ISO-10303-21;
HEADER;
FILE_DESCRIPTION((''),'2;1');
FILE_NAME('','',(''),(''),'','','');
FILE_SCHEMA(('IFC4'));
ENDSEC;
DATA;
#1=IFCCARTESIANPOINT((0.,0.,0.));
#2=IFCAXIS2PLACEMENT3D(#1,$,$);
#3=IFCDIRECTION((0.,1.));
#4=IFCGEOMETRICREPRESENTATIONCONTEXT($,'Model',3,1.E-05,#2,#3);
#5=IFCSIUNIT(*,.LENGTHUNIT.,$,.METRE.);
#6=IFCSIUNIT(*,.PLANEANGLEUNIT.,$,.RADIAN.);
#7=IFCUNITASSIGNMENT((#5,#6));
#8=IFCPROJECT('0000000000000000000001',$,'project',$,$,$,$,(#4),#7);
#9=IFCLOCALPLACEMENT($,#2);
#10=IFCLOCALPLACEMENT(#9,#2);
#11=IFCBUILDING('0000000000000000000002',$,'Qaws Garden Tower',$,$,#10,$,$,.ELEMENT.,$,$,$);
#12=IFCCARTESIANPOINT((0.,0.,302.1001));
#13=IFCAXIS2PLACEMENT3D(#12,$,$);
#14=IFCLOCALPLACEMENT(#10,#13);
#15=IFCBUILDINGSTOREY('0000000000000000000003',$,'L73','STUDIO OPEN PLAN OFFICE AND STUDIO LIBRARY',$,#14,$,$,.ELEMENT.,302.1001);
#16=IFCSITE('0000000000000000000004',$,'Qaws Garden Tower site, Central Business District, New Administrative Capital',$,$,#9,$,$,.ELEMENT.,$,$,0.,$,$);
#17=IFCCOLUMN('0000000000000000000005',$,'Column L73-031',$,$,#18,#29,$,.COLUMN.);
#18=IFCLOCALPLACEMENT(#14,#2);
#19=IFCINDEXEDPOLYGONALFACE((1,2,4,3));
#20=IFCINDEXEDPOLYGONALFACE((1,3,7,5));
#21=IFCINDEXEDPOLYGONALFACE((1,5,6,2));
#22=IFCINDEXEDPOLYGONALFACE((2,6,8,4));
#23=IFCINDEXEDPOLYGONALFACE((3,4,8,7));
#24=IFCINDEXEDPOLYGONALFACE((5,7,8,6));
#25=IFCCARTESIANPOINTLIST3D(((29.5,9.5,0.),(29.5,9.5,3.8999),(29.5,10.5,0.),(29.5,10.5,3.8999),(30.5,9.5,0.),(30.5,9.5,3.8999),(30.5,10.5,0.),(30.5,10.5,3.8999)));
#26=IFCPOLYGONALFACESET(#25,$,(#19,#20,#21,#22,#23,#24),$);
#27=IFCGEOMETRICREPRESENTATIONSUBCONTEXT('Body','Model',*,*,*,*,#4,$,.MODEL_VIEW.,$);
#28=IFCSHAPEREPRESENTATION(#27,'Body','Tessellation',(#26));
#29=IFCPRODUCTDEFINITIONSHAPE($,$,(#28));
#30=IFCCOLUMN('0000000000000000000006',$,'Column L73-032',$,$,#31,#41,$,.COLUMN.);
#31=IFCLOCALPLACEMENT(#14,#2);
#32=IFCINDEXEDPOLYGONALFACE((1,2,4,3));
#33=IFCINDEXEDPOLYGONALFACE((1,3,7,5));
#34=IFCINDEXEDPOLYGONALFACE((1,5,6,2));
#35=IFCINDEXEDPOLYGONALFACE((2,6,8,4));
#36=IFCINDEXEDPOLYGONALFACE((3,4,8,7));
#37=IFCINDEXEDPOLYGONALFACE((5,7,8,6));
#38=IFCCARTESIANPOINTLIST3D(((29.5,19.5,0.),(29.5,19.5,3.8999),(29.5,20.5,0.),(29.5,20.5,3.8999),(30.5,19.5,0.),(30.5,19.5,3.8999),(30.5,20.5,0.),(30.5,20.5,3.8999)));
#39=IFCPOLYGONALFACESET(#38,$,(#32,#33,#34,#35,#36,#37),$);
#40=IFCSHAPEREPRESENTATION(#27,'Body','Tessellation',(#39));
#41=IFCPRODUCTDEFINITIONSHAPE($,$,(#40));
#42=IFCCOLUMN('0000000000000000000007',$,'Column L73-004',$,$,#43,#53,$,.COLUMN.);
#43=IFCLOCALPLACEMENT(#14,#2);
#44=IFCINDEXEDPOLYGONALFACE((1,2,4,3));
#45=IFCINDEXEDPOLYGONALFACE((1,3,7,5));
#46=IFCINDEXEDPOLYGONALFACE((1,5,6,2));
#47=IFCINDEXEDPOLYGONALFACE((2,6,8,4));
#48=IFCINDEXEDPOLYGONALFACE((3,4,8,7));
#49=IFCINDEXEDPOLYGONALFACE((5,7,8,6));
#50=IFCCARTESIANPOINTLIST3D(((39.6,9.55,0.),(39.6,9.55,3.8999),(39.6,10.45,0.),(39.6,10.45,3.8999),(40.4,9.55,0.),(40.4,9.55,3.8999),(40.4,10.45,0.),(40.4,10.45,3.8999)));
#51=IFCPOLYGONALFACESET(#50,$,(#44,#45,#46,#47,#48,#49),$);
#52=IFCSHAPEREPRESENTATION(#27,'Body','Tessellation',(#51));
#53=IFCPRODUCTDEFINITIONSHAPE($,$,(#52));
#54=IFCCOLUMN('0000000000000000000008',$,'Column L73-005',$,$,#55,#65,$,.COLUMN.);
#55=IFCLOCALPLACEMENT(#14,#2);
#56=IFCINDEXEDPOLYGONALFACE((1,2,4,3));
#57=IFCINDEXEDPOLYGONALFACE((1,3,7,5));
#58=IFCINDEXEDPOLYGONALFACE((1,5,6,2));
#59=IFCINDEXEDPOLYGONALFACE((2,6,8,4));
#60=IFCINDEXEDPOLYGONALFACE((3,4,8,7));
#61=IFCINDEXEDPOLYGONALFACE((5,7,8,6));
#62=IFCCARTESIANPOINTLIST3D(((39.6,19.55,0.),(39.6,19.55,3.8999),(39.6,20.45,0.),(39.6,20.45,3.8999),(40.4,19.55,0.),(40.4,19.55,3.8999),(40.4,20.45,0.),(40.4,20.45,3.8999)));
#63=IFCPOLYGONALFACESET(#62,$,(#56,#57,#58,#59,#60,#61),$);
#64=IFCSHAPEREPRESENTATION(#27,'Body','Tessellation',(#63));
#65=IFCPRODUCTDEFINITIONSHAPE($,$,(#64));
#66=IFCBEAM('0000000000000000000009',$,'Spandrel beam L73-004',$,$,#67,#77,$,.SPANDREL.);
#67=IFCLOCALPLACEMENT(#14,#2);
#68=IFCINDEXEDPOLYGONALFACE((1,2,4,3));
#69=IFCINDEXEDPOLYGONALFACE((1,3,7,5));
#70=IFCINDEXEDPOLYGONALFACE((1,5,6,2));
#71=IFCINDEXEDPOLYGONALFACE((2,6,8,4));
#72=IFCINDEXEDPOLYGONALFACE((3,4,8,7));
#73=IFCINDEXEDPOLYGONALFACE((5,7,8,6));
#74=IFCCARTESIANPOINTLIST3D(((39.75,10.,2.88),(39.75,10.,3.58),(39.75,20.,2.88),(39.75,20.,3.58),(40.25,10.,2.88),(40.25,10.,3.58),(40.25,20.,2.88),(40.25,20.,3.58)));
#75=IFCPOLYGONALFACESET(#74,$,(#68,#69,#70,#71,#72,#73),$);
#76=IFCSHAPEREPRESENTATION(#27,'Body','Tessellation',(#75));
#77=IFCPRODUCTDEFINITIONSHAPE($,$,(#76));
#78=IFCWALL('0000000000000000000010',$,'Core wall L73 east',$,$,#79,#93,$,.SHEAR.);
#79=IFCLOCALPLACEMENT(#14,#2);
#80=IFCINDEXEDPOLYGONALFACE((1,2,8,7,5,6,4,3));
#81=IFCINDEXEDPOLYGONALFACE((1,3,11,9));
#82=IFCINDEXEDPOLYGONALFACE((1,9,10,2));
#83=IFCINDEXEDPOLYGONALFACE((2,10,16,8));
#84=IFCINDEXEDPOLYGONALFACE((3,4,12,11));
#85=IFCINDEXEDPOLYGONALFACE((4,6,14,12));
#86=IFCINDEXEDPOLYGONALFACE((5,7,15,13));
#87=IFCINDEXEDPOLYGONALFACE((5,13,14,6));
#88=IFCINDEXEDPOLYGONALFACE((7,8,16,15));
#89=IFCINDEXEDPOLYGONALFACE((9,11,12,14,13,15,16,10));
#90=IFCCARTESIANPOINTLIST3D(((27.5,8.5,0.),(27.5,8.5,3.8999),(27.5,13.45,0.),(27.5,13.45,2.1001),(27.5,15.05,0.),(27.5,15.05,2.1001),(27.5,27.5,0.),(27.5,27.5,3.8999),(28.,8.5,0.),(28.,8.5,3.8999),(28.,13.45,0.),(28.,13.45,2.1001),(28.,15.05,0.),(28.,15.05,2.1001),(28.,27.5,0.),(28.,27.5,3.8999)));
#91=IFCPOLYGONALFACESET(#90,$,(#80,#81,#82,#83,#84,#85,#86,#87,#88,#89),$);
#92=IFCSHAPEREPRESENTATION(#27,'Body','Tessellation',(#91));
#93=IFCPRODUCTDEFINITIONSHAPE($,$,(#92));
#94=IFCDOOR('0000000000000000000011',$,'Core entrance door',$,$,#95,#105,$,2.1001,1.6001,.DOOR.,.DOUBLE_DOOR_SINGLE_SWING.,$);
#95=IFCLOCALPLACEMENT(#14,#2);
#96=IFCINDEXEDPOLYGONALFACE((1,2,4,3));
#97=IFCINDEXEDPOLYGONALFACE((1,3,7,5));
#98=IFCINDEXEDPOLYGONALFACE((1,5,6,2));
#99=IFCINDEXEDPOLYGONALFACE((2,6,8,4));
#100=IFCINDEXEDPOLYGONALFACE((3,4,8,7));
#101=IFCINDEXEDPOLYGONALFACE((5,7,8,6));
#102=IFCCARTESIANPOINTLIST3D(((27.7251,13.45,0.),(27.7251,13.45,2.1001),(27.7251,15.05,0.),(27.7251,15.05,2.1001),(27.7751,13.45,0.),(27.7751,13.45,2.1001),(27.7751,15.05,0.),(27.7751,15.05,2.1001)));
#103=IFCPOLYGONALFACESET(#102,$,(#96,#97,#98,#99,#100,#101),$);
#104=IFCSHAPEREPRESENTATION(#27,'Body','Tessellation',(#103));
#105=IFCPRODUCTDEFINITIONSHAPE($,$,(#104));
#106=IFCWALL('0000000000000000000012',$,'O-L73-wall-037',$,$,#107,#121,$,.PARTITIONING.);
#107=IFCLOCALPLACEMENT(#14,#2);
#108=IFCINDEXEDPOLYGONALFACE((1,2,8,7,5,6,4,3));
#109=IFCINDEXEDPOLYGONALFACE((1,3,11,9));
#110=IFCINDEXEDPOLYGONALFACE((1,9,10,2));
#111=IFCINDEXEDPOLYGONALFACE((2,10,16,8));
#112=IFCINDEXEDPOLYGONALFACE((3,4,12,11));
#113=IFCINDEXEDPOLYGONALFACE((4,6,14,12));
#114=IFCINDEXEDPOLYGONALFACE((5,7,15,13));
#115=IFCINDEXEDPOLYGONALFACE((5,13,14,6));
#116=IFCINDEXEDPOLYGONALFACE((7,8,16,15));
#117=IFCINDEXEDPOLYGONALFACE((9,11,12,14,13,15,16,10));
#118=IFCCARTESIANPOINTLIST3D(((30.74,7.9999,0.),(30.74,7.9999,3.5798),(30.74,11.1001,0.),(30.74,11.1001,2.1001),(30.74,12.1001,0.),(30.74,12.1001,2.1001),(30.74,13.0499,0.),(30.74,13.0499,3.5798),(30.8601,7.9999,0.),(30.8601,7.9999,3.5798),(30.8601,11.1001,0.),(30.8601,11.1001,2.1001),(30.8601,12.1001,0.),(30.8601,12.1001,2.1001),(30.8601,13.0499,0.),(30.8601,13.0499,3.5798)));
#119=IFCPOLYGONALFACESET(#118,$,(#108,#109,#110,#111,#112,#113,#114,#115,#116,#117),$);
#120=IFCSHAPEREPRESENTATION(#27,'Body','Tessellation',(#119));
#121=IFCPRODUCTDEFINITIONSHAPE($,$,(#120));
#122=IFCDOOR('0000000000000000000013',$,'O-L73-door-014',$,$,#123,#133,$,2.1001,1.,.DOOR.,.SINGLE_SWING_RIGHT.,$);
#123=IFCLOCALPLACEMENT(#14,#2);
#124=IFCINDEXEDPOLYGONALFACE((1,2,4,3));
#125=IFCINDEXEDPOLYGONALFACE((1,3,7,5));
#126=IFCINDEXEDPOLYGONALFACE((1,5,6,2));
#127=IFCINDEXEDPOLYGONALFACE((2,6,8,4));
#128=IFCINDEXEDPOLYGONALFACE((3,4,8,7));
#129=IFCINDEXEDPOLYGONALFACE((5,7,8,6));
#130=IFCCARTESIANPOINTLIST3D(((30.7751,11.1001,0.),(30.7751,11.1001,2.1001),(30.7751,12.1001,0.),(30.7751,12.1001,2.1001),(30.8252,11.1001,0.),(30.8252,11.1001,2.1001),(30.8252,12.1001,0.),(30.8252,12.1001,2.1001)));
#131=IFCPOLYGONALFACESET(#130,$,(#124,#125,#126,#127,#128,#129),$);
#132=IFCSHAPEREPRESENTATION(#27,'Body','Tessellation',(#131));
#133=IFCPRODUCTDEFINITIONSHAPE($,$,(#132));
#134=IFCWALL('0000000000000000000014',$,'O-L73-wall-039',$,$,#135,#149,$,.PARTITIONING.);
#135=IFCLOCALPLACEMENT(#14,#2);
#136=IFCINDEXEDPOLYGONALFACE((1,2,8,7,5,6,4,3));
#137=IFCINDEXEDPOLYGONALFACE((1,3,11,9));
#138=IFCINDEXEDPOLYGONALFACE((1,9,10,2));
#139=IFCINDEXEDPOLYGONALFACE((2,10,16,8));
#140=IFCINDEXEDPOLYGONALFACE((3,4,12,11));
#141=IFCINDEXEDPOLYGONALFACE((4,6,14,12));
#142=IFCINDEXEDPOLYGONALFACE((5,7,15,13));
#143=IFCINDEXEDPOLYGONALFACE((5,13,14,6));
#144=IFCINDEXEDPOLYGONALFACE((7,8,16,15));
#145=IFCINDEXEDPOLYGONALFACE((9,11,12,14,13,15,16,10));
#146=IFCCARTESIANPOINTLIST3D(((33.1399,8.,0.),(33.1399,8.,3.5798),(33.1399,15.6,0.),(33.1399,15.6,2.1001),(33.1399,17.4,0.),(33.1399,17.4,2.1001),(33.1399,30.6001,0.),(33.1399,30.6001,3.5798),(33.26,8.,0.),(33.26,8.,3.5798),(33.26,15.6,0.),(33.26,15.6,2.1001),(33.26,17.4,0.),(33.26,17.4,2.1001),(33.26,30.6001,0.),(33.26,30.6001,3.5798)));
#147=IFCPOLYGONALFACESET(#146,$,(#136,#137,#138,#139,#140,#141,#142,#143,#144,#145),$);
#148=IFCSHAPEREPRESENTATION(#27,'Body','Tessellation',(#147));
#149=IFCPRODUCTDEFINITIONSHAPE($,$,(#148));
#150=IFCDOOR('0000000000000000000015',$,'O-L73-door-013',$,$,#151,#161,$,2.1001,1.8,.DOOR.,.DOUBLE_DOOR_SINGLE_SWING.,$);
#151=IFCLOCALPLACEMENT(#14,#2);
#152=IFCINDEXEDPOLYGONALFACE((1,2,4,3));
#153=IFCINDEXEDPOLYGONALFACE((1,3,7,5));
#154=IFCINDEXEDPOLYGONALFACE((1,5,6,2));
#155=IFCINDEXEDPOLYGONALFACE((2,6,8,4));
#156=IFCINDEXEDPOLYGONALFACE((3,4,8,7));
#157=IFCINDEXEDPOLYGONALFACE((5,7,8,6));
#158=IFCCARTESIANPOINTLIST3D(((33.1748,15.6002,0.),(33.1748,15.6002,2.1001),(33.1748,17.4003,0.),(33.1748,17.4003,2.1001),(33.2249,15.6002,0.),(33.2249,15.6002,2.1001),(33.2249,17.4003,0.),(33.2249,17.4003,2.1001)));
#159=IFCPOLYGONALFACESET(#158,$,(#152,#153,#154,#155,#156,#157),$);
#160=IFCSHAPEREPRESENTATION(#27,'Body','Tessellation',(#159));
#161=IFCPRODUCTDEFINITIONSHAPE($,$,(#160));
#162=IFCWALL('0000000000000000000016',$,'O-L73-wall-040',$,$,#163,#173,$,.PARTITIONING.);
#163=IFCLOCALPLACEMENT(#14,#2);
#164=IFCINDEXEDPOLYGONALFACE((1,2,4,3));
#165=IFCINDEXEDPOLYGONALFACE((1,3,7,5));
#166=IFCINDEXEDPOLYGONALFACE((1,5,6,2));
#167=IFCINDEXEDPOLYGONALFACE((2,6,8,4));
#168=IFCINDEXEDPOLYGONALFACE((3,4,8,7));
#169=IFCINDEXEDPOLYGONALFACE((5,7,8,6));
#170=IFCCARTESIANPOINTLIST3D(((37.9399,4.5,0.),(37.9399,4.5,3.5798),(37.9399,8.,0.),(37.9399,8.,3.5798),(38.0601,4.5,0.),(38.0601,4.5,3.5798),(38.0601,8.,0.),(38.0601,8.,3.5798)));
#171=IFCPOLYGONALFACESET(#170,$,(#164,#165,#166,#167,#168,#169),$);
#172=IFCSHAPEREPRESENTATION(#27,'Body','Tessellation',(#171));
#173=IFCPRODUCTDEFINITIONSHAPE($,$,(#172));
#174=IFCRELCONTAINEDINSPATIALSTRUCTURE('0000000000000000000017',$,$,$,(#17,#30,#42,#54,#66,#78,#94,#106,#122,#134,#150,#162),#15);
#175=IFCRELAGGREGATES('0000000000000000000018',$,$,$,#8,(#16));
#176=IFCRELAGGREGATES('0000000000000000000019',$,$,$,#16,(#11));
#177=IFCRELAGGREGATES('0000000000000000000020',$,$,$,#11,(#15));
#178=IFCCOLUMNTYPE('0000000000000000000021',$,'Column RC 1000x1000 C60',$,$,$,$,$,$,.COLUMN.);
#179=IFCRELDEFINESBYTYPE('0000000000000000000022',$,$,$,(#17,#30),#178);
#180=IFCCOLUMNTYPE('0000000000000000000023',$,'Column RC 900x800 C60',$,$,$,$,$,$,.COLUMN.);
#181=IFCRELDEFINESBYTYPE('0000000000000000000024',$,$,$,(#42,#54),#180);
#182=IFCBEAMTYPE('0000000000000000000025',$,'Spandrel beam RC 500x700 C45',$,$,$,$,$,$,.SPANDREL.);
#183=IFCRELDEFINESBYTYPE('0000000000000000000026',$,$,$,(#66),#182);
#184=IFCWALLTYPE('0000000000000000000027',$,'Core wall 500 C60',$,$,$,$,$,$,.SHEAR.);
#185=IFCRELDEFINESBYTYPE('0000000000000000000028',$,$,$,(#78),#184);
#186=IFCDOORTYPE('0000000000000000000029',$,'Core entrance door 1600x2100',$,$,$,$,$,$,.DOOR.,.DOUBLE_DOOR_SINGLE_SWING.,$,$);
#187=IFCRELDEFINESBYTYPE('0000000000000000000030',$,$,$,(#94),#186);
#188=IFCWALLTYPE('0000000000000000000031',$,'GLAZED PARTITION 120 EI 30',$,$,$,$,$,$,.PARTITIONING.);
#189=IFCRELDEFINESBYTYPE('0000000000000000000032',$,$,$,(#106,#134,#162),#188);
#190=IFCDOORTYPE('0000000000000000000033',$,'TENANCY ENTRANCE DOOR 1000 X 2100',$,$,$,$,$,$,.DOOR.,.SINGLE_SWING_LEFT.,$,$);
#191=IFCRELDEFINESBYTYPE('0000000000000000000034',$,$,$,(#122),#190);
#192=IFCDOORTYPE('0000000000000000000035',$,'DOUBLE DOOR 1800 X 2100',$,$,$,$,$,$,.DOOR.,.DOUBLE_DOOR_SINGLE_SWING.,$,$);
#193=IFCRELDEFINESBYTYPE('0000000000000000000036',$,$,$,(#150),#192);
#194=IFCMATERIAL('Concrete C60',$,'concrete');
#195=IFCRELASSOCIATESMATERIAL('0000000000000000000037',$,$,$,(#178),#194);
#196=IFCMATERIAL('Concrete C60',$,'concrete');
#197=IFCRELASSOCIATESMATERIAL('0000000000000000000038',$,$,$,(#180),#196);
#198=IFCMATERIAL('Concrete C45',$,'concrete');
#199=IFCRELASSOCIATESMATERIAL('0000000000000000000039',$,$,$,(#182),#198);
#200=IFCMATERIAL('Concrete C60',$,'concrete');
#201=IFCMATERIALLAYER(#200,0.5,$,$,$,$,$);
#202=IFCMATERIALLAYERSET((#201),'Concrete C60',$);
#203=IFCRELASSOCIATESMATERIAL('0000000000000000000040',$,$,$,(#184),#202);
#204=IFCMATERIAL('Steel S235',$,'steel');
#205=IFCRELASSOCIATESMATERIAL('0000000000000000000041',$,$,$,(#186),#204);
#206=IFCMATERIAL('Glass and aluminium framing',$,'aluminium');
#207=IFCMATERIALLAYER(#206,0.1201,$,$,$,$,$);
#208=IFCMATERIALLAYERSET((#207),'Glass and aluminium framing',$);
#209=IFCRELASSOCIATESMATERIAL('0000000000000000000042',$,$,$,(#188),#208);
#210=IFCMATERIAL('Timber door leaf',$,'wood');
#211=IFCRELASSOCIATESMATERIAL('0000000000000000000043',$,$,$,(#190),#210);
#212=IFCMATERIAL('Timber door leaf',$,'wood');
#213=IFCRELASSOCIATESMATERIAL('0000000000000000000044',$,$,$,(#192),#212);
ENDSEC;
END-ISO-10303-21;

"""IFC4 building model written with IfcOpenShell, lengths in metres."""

from ifc_helpers import new_model, si_unit, direction, frame, frame_2d, origin, origin_2d, place, context, subcontext, project, spatial, rectangle, extrude, material, layer, layer_set, material_profile, profile_set, type_object, element, fill, save


model = new_model("IFC4")

# Units and contexts
model_context = context("Model", 3, precision=1e-05, world=origin(), true_north=direction((0.0, 1.0)))
body_context = subcontext(model_context, "Body", "Model", "MODEL_VIEW")
ifc_project = project(units=[si_unit("LENGTHUNIT", "METRE"), si_unit("PLANEANGLEUNIT", "RADIAN")], contexts=[model_context])

# Site, building, storey
site_placement = place(None, origin())
site = spatial("IfcSite", under=ifc_project, at=site_placement, Name="Qaws Garden Tower site, Central Business District, New Administrative Capital", CompositionType="ELEMENT", RefElevation=0.0)
building_placement = place(site_placement, origin())
building = spatial("IfcBuilding", under=site, at=building_placement, Name="Qaws Garden Tower", CompositionType="ELEMENT")
storey_placement = place(building_placement, frame((0.0, 0.0, 302.1001)))
storey = spatial("IfcBuildingStorey", under=building, at=storey_placement, Name="L73", Description="STUDIO OPEN PLAN OFFICE AND STUDIO LIBRARY", CompositionType="ELEMENT", Elevation=302.1001)

# Columns
ifc_material_1 = material(Name="Concrete C60", Category="concrete")
ifc_material_profile_1 = material_profile(ifc_material_1, rectangle(XDim=1.0, YDim=1.0, at=origin_2d()), Name="RC 1000x1000")
ifc_profile_set_1 = profile_set([ifc_material_profile_1], Name="Concrete C60")
column_type_1 = type_object("IfcColumnType", Name="Column RC 1000x1000 C60", PredefinedType="COLUMN", material=ifc_profile_set_1)
for number, where, z_axis, x_axis, name in (
    (1, (30.0, 10.0, 0.0), (0.0, 0.0, 1.0), (1.0, 0.0, 0.0), "Column L73-031"),
    (2, (30.0, 20.0, 0.0), (0.0, 0.0, 1.0), (1.0, 0.0, 0.0), "Column L73-032"),
):
    element("IfcColumn", number, at=place(storey_placement, frame(where, z_axis=z_axis, x_axis=x_axis)), inside=storey, type_object=column_type_1, Name=name, PredefinedType="COLUMN", context=body_context, shape_type="SweptSolid", body=[
        extrude(rectangle(XDim=1.0, YDim=1.0, at=origin_2d()), origin(), (0.0, 0.0, 1.0), 3.8999),
    ])
ifc_material_2 = material(Name="Concrete C60", Category="concrete")
ifc_material_profile_2 = material_profile(ifc_material_2, rectangle(XDim=0.8999, YDim=0.8, at=origin_2d()), Name="RC 900x800")
ifc_profile_set_2 = profile_set([ifc_material_profile_2], Name="Concrete C60")
column_type_2 = type_object("IfcColumnType", Name="Column RC 900x800 C60", PredefinedType="COLUMN", material=ifc_profile_set_2)
for number, where, z_axis, x_axis, name in (
    (3, (40.0, 10.0, 0.0), (0.0, 0.0, 1.0), (0.0, 1.0, 0.0), "Column L73-004"),
    (4, (40.0, 20.0, 0.0), (0.0, 0.0, 1.0), (0.0, 1.0, 0.0), "Column L73-005"),
):
    element("IfcColumn", number, at=place(storey_placement, frame(where, z_axis=z_axis, x_axis=x_axis)), inside=storey, type_object=column_type_2, Name=name, PredefinedType="COLUMN", context=body_context, shape_type="SweptSolid", body=[
        extrude(rectangle(XDim=0.8999, YDim=0.8, at=origin_2d()), origin(), (0.0, 0.0, 1.0), 3.8999),
    ])

# Beam
ifc_material_3 = material(Name="Concrete C45", Category="concrete")
ifc_material_profile_3 = material_profile(ifc_material_3, rectangle(XDim=0.5, YDim=0.7, at=origin_2d()), Name="RC 500x700")
ifc_profile_set_3 = profile_set([ifc_material_profile_3], Name="Concrete C45")
beam_type = type_object("IfcBeamType", Name="Spandrel beam RC 500x700 C45", PredefinedType="SPANDREL", material=ifc_profile_set_3)
beam_placement = place(storey_placement, frame((40.0, 10.0, 3.23), z_axis=(0.0, 1.0, 0.0), x_axis=(-1.0, 0.0, 0.0)))
element("IfcBeam", 5, at=beam_placement, inside=storey, type_object=beam_type, Name="Spandrel beam L73-004", PredefinedType="SPANDREL", context=body_context, shape_type="SweptSolid", body=[
    extrude(rectangle(XDim=0.5, YDim=0.7, at=origin_2d()), origin(), (0.0, 0.0, 1.0), 10.0),
])

# Walls, openings, doors
ifc_material_4 = material(Name="Concrete C60", Category="concrete")
ifc_layer_1 = layer(ifc_material_4, 0.5)
ifc_layer_set_1 = layer_set([ifc_layer_1], Name="Concrete C60")
wall_type_1 = type_object("IfcWallType", Name="Core wall 500 C60", PredefinedType="SHEAR", material=ifc_layer_set_1)
wall_1_placement = place(storey_placement, frame((27.75, 8.5, 0.0), z_axis=(0.0, 0.0, 1.0), x_axis=(0.0, 1.0, 0.0)))
wall_1 = element("IfcWall", 6, at=wall_1_placement, inside=storey, type_object=wall_type_1, Name="Core wall L73 east", PredefinedType="SHEAR", context=body_context, shape_type="SweptSolid", body=[
    extrude(rectangle(XDim=19.0, YDim=0.5, at=frame_2d((9.5, 0.0))), origin(), (0.0, 0.0, 1.0), 3.8999),
])
opening_1_placement = place(wall_1_placement, frame((4.95, 0.0, 0.0)))
opening_1 = element("IfcOpeningElement", 7, at=opening_1_placement, cuts=wall_1, PredefinedType="OPENING", context=body_context, shape_type="SweptSolid", body=[
    extrude(rectangle(XDim=1.6001, YDim=2.1001, at=frame_2d((0.8, 1.05))), frame((0.0, 0.26, 0.0), z_axis=(0.0, -1.0, 0.0), x_axis=(1.0, 0.0, 0.0)), (0.0, 0.0, 1.0), 0.52),
])
ifc_material_5 = material(Name="Steel S235", Category="steel")
door_type_1 = type_object("IfcDoorType", Name="Core entrance door 1600x2100", OperationType="DOUBLE_DOOR_SINGLE_SWING", PredefinedType="DOOR", material=ifc_material_5)
door_1_placement = place(opening_1_placement, origin())
door_1 = element("IfcDoor", 8, at=door_1_placement, inside=storey, type_object=door_type_1, Name="Core entrance door", OperationType="DOUBLE_DOOR_SINGLE_SWING", OverallHeight=2.1001, OverallWidth=1.6001, PredefinedType="DOOR", context=body_context, shape_type="SweptSolid", body=[
    extrude(rectangle(XDim=1.6001, YDim=2.1001, at=frame_2d((0.8, 1.05))), frame((0.0, 0.0249, 0.0), z_axis=(0.0, -1.0, 0.0), x_axis=(1.0, 0.0, 0.0)), (0.0, 0.0, 1.0), 0.05),
])
fill(opening_1, door_1)
ifc_material_6 = material(Name="Glass and aluminium framing", Category="aluminium")
ifc_layer_2 = layer(ifc_material_6, 0.1201)
ifc_layer_set_2 = layer_set([ifc_layer_2], Name="Glass and aluminium framing")
wall_type_2 = type_object("IfcWallType", Name="GLAZED PARTITION 120 EI 30", PredefinedType="PARTITIONING", material=ifc_layer_set_2)
wall_2_placement = place(storey_placement, frame((30.8, 8.0, 0.0), z_axis=(0.0, 0.0, 1.0), x_axis=(0.0, 1.0, 0.0)))
wall_2 = element("IfcWall", 9, at=wall_2_placement, inside=storey, type_object=wall_type_2, Name="O-L73-wall-037", PredefinedType="PARTITIONING", context=body_context, shape_type="SweptSolid", body=[
    extrude(rectangle(XDim=5.05, YDim=0.1201, at=frame_2d((2.5249, 0.0))), origin(), (0.0, 0.0, 1.0), 3.5798),
])
opening_2_placement = place(wall_2_placement, frame((3.1001, 0.0, 0.0)))
opening_2 = element("IfcOpeningElement", 10, at=opening_2_placement, cuts=wall_2, PredefinedType="OPENING", context=body_context, shape_type="SweptSolid", body=[
    extrude(rectangle(XDim=1.0, YDim=2.1001, at=frame_2d((0.5, 1.05))), frame((0.0, 0.0701, 0.0), z_axis=(0.0, -1.0, 0.0), x_axis=(1.0, 0.0, 0.0)), (0.0, 0.0, 1.0), 0.1401),
])
ifc_material_7 = material(Name="Timber door leaf", Category="wood")
door_type_2 = type_object("IfcDoorType", Name="TENANCY ENTRANCE DOOR 1000 X 2100", OperationType="SINGLE_SWING_LEFT", PredefinedType="DOOR", material=ifc_material_7)
door_2_placement = place(opening_2_placement, origin())
door_2 = element("IfcDoor", 11, at=door_2_placement, inside=storey, type_object=door_type_2, Name="O-L73-door-014", OperationType="SINGLE_SWING_RIGHT", OverallHeight=2.1001, OverallWidth=1.0, PredefinedType="DOOR", context=body_context, shape_type="SweptSolid", body=[
    extrude(rectangle(XDim=1.0, YDim=2.1001, at=frame_2d((0.5, 1.05))), frame((0.0, 0.0249, 0.0), z_axis=(0.0, -1.0, 0.0), x_axis=(1.0, 0.0, 0.0)), (0.0, 0.0, 1.0), 0.05),
])
fill(opening_2, door_2)
wall_3_placement = place(storey_placement, frame((33.2, 8.0, 0.0), z_axis=(0.0, 0.0, 1.0), x_axis=(0.0, 1.0, 0.0)))
wall_3 = element("IfcWall", 12, at=wall_3_placement, inside=storey, type_object=wall_type_2, Name="O-L73-wall-039", PredefinedType="PARTITIONING", context=body_context, shape_type="SweptSolid", body=[
    extrude(rectangle(XDim=22.6001, YDim=0.1201, at=frame_2d((11.3, 0.0))), origin(), (0.0, 0.0, 1.0), 3.5798),
])
opening_3_placement = place(wall_3_placement, frame((7.6001, 0.0, 0.0)))
opening_3 = element("IfcOpeningElement", 13, at=opening_3_placement, cuts=wall_3, PredefinedType="OPENING", context=body_context, shape_type="SweptSolid", body=[
    extrude(rectangle(XDim=1.8, YDim=2.1001, at=frame_2d((0.8999, 1.05))), frame((0.0, 0.0701, 0.0), z_axis=(0.0, -1.0, 0.0), x_axis=(1.0, 0.0, 0.0)), (0.0, 0.0, 1.0), 0.1401),
])
ifc_material_8 = material(Name="Timber door leaf", Category="wood")
door_type_3 = type_object("IfcDoorType", Name="DOUBLE DOOR 1800 X 2100", OperationType="DOUBLE_DOOR_SINGLE_SWING", PredefinedType="DOOR", material=ifc_material_8)
door_3_placement = place(opening_3_placement, frame((1.8, 0.0, 0.0), z_axis=(0.0, 0.0, 1.0), x_axis=(-1.0, 0.0, 0.0)))
door_3 = element("IfcDoor", 14, at=door_3_placement, inside=storey, type_object=door_type_3, Name="O-L73-door-013", OperationType="DOUBLE_DOOR_SINGLE_SWING", OverallHeight=2.1001, OverallWidth=1.8, PredefinedType="DOOR", context=body_context, shape_type="SweptSolid", body=[
    extrude(rectangle(XDim=1.8, YDim=2.1001, at=frame_2d((0.8999, 1.05))), frame((0.0, 0.0249, 0.0), z_axis=(0.0, -1.0, 0.0), x_axis=(1.0, 0.0, 0.0)), (0.0, 0.0, 1.0), 0.05),
])
fill(opening_3, door_3)

# Wall
wall_4_placement = place(storey_placement, frame((38.0, 4.5, 0.0), z_axis=(0.0, 0.0, 1.0), x_axis=(0.0, 1.0, 0.0)))
element("IfcWall", 15, at=wall_4_placement, inside=storey, type_object=wall_type_2, Name="O-L73-wall-040", PredefinedType="PARTITIONING", context=body_context, shape_type="SweptSolid", body=[
    extrude(rectangle(XDim=3.5, YDim=0.1201, at=frame_2d((1.75, 0.0))), origin(), (0.0, 0.0, 1.0), 3.5798),
])

save(model, "model.ifc")
